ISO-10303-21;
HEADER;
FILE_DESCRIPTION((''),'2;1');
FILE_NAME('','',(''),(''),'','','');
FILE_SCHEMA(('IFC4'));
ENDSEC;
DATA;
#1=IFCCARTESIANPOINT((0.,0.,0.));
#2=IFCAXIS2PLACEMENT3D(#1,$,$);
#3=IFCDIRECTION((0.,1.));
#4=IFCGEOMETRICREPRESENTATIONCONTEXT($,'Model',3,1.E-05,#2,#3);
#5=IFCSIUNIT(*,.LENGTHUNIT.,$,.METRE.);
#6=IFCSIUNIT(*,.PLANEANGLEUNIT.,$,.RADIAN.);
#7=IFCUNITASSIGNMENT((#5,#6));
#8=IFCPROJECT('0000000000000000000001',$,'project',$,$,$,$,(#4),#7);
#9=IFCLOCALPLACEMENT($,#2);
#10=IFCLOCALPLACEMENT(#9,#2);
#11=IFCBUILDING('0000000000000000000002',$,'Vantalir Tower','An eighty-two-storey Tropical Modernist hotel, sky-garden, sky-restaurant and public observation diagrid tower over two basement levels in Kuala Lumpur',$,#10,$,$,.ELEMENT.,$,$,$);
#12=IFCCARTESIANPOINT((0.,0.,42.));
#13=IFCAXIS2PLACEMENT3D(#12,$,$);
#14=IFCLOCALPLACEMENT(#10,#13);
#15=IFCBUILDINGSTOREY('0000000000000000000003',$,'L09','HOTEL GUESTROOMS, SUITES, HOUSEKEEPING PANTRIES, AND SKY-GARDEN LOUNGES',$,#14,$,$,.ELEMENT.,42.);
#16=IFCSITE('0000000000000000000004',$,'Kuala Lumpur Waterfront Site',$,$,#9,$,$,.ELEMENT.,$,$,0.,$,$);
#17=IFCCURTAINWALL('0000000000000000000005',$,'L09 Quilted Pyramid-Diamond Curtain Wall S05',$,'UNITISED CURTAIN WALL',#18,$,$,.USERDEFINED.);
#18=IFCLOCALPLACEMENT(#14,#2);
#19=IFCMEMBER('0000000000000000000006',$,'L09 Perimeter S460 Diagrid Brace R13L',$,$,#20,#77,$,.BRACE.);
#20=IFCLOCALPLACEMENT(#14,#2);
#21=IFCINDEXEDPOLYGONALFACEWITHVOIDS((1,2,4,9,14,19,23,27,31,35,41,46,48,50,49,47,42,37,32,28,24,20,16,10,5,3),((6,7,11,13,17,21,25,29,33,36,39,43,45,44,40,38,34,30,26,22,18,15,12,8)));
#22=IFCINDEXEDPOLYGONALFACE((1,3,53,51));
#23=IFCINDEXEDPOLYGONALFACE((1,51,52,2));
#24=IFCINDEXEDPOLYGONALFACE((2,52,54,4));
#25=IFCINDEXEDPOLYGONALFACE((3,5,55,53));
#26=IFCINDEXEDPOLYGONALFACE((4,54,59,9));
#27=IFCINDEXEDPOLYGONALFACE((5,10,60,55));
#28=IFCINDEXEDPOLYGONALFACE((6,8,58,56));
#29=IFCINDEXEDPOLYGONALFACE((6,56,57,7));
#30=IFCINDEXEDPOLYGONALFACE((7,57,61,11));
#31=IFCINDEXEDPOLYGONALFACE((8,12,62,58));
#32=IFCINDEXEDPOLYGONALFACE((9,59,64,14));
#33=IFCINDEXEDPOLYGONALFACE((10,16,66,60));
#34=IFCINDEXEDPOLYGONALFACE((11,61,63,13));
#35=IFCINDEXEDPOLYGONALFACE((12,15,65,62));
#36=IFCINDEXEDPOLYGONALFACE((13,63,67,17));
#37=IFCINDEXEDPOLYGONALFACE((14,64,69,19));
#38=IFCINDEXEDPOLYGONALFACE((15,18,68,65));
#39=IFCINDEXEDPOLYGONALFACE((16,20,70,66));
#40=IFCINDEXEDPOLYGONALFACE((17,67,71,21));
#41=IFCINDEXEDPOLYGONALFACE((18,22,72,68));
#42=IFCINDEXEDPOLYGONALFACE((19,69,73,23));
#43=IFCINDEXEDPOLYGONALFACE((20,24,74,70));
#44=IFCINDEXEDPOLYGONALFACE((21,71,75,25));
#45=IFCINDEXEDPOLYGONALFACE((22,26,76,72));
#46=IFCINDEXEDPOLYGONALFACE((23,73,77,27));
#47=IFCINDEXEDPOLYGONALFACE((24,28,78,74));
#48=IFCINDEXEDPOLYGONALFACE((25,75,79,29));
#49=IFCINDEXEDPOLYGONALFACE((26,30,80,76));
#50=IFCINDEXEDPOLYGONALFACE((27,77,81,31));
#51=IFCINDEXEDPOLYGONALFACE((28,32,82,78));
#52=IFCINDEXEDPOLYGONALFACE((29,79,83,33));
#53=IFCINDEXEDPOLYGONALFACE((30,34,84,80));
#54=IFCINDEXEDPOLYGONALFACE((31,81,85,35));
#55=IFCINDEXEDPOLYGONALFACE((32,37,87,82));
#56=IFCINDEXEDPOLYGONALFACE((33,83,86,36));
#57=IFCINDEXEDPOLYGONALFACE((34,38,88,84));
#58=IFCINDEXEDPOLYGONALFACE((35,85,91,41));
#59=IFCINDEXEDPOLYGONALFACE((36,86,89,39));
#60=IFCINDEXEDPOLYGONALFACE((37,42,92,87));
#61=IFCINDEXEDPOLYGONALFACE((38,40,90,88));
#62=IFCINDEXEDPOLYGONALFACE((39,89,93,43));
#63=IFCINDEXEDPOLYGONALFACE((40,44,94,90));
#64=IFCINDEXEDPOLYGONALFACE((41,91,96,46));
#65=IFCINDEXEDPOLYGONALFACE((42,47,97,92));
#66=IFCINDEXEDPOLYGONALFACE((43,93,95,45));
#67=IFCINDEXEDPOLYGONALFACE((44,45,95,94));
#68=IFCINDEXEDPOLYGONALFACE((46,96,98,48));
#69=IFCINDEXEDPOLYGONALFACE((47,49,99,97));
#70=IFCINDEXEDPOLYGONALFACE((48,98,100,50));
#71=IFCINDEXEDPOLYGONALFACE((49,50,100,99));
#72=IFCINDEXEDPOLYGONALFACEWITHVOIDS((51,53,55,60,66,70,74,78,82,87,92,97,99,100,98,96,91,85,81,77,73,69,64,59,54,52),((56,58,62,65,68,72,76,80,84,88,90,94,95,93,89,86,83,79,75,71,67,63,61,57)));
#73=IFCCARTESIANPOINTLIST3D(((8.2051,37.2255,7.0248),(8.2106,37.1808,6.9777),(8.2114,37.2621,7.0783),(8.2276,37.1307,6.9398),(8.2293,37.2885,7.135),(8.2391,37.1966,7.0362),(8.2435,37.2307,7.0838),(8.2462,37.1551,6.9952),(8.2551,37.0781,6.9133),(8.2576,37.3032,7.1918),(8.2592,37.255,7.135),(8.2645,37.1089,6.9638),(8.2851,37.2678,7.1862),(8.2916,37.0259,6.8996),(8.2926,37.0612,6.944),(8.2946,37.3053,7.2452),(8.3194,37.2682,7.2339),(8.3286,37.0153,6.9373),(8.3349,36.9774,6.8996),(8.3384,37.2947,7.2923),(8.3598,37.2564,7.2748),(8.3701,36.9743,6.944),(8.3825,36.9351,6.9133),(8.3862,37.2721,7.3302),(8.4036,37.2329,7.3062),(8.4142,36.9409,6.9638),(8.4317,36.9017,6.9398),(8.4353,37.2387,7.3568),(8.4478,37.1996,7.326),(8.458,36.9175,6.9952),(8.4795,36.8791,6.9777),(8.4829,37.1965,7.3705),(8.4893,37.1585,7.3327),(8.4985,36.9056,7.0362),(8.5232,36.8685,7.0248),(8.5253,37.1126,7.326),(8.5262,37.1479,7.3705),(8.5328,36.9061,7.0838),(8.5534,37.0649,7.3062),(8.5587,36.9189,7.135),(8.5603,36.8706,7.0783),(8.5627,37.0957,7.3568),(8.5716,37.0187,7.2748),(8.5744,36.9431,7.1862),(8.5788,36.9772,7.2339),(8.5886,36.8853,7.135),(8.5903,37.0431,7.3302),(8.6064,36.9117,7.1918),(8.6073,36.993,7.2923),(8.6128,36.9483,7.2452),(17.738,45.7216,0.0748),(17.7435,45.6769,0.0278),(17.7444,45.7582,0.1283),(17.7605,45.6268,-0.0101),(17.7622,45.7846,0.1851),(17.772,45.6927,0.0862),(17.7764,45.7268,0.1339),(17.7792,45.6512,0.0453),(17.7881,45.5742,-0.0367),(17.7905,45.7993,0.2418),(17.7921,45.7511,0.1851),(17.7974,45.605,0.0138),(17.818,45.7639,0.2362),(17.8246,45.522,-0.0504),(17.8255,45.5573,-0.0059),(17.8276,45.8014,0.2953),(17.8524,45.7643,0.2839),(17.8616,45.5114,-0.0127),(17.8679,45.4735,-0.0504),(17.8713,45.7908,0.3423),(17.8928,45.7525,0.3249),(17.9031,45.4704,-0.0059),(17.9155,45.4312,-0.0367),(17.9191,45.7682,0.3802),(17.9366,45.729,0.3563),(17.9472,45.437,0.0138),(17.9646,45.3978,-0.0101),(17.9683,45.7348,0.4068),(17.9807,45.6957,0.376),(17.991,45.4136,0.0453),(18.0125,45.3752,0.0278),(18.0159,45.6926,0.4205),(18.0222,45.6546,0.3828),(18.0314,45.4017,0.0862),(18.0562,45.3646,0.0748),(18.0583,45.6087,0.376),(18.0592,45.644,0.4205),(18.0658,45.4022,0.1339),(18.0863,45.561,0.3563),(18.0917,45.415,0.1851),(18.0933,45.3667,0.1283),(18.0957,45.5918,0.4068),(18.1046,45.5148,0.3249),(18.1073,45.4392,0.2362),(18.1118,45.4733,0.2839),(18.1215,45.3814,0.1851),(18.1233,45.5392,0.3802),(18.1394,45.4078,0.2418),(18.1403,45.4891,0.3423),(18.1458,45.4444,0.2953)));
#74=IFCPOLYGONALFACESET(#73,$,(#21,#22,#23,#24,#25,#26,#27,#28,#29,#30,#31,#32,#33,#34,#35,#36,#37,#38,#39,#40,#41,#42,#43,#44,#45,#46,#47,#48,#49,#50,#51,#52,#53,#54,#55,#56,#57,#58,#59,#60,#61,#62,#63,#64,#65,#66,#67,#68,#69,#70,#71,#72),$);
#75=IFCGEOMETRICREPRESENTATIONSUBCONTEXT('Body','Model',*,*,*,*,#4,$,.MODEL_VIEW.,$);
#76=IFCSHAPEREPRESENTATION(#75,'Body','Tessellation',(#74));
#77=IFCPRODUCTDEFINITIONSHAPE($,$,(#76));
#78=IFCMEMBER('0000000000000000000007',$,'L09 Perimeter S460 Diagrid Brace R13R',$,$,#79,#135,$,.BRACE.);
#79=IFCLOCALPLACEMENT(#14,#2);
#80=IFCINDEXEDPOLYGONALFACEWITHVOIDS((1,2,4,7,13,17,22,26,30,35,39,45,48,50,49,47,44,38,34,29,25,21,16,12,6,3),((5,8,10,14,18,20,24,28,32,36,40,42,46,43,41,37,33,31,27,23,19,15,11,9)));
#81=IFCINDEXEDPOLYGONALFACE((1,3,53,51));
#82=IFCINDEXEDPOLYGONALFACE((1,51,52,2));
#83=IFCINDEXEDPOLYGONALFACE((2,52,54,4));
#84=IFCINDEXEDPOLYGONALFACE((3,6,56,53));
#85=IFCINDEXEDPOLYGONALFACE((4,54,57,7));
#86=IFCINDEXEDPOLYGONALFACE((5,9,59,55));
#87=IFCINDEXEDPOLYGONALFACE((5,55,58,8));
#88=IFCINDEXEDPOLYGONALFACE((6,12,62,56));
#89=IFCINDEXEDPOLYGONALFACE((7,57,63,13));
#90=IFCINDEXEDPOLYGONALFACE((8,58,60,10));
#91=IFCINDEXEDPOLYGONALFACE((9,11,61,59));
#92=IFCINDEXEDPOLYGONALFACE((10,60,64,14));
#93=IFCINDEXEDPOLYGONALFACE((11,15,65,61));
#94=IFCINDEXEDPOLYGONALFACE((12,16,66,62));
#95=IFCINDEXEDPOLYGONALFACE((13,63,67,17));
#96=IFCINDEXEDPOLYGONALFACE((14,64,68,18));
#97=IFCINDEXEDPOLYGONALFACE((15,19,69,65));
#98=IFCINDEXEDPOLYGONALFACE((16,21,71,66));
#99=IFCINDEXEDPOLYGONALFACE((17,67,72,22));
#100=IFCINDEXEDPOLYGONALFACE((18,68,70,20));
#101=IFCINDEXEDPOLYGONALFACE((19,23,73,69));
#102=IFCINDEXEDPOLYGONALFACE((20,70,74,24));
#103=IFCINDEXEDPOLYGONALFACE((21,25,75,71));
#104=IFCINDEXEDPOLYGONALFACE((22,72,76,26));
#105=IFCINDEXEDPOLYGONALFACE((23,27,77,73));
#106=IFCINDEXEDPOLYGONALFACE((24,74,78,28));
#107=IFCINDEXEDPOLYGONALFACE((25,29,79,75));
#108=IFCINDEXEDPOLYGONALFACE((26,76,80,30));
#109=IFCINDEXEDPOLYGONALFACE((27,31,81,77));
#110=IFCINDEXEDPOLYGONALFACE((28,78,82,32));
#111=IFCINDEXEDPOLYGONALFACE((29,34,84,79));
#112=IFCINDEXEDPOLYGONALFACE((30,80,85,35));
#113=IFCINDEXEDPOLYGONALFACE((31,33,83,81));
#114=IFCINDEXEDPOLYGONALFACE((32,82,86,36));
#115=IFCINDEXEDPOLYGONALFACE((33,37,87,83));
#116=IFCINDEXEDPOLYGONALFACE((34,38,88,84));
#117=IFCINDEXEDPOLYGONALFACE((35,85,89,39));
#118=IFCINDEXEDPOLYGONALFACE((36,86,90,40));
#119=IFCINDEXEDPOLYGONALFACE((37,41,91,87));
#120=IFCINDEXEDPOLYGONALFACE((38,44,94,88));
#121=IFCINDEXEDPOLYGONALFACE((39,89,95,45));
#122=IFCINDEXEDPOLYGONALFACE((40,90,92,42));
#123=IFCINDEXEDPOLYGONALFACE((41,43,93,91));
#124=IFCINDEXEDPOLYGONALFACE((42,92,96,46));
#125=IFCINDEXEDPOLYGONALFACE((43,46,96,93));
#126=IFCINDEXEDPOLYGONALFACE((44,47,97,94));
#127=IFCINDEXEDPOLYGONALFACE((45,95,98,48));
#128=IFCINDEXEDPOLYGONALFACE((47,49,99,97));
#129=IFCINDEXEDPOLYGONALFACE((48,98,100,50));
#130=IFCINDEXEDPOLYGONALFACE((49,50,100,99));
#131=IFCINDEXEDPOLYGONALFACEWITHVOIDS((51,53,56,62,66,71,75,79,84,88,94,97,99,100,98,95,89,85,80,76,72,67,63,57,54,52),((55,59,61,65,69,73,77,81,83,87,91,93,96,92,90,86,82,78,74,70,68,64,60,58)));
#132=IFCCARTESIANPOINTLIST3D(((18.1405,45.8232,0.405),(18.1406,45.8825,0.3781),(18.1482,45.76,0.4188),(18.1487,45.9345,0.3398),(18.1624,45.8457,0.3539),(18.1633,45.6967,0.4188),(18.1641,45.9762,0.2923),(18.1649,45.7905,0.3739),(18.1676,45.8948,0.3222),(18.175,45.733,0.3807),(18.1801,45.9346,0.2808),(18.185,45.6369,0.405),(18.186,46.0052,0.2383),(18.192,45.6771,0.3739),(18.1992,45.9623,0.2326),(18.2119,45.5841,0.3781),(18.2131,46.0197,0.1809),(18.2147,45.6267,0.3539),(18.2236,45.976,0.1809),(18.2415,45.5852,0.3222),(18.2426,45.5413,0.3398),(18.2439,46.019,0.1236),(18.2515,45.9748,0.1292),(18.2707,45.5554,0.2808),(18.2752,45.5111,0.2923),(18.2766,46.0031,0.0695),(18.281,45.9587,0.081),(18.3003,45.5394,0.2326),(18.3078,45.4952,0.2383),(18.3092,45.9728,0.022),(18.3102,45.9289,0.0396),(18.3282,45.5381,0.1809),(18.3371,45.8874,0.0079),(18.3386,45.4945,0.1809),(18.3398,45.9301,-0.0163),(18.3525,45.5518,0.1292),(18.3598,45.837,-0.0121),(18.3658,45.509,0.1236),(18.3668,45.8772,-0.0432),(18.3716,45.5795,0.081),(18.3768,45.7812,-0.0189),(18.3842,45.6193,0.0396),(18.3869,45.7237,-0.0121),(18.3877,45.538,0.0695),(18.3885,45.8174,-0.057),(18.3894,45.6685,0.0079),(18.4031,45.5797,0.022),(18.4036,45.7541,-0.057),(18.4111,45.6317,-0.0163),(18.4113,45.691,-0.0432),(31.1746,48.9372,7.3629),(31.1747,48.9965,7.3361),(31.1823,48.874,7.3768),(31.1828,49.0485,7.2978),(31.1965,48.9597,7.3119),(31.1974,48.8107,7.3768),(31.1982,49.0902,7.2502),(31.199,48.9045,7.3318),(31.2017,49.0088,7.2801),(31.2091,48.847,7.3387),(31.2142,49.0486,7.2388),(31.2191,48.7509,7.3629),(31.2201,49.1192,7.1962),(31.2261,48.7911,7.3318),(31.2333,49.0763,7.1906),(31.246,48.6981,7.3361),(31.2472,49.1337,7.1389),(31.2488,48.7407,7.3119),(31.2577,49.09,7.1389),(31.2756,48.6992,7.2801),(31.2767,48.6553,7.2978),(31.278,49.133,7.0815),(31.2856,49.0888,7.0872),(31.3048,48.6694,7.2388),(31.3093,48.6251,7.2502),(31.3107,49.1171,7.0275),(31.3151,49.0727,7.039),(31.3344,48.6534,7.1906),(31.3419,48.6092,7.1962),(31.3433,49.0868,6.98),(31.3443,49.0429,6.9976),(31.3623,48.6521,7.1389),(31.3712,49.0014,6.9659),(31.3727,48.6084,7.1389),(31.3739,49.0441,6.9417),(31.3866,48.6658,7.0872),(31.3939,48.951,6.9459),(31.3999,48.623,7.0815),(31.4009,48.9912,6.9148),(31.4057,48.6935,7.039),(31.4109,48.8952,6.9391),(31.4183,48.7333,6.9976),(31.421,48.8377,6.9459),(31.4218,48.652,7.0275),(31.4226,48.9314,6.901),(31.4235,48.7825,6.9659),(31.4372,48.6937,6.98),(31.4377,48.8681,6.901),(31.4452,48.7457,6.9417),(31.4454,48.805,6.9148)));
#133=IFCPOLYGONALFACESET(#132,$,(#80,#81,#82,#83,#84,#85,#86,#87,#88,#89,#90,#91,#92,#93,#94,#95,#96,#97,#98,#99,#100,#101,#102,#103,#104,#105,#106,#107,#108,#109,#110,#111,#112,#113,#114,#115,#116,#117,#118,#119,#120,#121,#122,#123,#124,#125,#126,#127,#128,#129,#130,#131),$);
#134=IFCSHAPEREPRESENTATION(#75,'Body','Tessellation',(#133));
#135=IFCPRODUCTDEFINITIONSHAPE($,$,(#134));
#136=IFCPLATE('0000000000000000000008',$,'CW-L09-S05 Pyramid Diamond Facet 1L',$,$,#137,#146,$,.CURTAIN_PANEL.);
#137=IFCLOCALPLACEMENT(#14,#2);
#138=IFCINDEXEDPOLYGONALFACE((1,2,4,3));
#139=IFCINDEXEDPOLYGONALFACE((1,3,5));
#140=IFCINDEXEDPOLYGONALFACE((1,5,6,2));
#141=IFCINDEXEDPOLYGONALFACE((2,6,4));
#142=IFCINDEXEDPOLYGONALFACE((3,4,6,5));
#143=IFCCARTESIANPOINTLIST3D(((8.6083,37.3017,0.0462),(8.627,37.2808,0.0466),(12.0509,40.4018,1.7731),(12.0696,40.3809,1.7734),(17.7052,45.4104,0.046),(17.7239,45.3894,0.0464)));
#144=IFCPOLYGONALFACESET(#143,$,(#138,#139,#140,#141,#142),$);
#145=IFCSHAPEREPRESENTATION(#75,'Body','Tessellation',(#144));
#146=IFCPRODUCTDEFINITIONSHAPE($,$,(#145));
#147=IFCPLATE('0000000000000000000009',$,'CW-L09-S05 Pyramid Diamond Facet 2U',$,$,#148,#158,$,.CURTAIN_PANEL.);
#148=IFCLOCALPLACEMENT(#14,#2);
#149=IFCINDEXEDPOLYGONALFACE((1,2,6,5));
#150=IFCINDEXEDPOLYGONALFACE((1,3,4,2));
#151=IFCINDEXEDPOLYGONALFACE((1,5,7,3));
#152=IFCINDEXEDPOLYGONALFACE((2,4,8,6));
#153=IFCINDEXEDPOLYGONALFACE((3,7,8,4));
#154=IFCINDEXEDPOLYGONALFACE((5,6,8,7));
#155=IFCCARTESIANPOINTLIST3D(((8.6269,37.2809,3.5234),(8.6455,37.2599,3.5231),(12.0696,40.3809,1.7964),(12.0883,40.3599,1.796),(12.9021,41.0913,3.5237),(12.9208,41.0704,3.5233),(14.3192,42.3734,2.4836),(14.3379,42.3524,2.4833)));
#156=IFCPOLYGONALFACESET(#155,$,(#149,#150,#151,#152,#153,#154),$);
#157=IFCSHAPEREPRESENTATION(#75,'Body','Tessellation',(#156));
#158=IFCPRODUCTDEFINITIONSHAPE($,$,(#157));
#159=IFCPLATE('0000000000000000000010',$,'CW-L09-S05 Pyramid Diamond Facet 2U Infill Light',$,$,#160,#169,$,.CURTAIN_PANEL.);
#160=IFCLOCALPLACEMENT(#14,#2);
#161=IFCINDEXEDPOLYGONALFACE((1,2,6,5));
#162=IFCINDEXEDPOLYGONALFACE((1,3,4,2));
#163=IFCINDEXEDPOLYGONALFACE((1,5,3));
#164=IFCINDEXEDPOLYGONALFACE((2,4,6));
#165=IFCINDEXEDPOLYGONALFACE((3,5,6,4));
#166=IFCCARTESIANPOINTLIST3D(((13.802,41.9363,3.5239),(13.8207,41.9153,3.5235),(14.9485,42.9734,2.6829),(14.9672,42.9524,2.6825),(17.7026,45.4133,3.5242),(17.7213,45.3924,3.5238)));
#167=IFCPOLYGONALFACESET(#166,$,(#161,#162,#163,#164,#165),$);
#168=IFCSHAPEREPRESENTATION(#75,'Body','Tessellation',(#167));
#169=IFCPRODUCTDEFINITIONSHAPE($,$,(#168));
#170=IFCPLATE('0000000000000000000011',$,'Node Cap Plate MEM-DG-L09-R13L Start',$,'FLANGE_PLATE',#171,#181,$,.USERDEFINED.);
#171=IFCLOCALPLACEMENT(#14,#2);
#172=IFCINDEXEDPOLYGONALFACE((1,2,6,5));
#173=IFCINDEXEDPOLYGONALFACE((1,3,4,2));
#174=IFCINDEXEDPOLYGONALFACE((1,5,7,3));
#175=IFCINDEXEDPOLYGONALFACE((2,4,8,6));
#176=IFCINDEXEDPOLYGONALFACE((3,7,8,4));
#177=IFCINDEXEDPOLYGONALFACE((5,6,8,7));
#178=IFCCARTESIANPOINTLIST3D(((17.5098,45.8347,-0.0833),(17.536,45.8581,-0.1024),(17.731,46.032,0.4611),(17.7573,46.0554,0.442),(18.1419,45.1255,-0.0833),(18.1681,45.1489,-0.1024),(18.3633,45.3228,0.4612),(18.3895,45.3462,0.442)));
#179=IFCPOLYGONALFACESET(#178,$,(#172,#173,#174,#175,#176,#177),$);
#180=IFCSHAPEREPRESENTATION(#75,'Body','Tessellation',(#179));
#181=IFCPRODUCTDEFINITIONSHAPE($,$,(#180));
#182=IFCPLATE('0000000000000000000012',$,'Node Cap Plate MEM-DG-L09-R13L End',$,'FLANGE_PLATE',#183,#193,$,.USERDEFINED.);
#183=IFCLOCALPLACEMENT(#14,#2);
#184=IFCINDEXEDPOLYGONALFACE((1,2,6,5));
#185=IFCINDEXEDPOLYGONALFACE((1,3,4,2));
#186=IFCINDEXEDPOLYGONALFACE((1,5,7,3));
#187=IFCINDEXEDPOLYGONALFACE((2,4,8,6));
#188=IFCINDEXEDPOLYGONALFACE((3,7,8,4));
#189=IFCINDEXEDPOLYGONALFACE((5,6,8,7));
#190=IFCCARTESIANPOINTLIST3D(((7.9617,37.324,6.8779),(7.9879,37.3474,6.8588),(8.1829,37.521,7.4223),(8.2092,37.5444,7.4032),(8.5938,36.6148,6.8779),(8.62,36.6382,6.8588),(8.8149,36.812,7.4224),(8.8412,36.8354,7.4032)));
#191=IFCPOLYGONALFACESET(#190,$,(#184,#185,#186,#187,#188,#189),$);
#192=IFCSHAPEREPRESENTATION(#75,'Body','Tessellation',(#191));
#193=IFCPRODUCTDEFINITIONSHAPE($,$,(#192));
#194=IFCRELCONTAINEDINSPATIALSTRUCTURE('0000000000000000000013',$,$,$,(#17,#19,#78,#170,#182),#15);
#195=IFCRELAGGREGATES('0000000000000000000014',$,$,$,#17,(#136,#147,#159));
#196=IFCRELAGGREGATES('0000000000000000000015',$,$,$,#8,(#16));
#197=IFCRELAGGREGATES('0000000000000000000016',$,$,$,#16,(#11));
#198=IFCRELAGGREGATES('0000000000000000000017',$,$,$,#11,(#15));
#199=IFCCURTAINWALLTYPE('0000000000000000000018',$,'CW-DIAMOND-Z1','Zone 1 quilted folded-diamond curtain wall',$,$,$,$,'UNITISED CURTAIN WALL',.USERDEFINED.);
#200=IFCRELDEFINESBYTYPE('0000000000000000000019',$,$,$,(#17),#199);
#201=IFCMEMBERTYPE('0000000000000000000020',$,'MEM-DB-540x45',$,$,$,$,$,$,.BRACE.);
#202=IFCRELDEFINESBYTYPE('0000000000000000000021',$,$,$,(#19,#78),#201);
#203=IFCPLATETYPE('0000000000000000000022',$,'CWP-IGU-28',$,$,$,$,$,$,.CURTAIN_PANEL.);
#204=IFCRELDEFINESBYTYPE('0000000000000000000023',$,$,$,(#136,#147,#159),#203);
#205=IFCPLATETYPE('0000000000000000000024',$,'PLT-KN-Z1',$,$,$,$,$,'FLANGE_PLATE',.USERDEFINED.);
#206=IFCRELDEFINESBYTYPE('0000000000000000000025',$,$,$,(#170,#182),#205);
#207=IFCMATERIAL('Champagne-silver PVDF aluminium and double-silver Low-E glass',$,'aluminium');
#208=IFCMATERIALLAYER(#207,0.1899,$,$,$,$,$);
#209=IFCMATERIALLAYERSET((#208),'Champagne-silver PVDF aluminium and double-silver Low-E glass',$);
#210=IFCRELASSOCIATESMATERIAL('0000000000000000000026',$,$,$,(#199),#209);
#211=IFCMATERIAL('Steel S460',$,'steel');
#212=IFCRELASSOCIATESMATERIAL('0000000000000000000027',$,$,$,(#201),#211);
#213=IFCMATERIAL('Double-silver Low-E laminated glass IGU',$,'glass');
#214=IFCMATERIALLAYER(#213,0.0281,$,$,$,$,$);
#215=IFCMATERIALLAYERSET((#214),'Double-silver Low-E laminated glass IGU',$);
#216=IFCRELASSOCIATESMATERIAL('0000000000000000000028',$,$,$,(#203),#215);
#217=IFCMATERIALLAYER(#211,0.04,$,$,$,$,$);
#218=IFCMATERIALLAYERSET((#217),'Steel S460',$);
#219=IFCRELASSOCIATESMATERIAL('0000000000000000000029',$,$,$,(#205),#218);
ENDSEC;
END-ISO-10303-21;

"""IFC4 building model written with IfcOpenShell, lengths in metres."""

from ifc_helpers import new_model, si_unit, direction, frame, origin, origin_2d, place, context, subcontext, project, spatial, polyline, hollow_circle, outline, extrude, material, layer, layer_set, material_profile, profile_set, type_object, element, aggregate, save


model = new_model("IFC4")

# Units and contexts
model_context = context("Model", 3, precision=1e-05, world=origin(), true_north=direction((0.0, 1.0)))
body_context = subcontext(model_context, "Body", "Model", "MODEL_VIEW")
ifc_project = project(units=[si_unit("LENGTHUNIT", "METRE"), si_unit("PLANEANGLEUNIT", "RADIAN")], contexts=[model_context])

# Site, building, storey
site_placement = place(None, origin())
site = spatial("IfcSite", under=ifc_project, at=site_placement, Name="Kuala Lumpur Waterfront Site", CompositionType="ELEMENT", RefElevation=0.0)
building_placement = place(site_placement, origin())
building = spatial("IfcBuilding", under=site, at=building_placement, Name="Vantalir Tower", Description="An eighty-two-storey Tropical Modernist hotel, sky-garden, sky-restaurant and public observation diagrid tower over two basement levels in Kuala Lumpur", CompositionType="ELEMENT")
storey_placement = place(building_placement, frame((0.0, 0.0, 42.0)))
storey = spatial("IfcBuildingStorey", under=building, at=storey_placement, Name="L09", Description="HOTEL GUESTROOMS, SUITES, HOUSEKEEPING PANTRIES, AND SKY-GARDEN LOUNGES", CompositionType="ELEMENT", Elevation=42.0)

# Shared definitions
ifc_material_1 = material(Name="Steel S460", Category="steel")

# Shared definitions
ifc_material_2 = material(Name="Champagne-silver PVDF aluminium and double-silver Low-E glass", Category="aluminium")
ifc_layer_1 = layer(ifc_material_2, 0.1899)
ifc_layer_set_1 = layer_set([ifc_layer_1], Name="Champagne-silver PVDF aluminium and double-silver Low-E glass")
curtain_wall_type = type_object("IfcCurtainWallType", Name="CW-DIAMOND-Z1", Description="Zone 1 quilted folded-diamond curtain wall", ElementType="UNITISED CURTAIN WALL", PredefinedType="USERDEFINED", material=ifc_layer_set_1)

# Curtain wall
curtain_wall_1_placement = place(storey_placement, origin())
curtain_wall_1 = element("IfcCurtainWall", 1, at=curtain_wall_1_placement, inside=storey, type_object=curtain_wall_type, Name="L09 Quilted Pyramid-Diamond Curtain Wall S05", ObjectType="UNITISED CURTAIN WALL", PredefinedType="USERDEFINED")

# Members
ifc_material_profile_1 = material_profile(ifc_material_1, hollow_circle(Radius=0.27, WallThickness=0.0449, at=origin_2d()), Name="Steel S460")
ifc_profile_set_1 = profile_set([ifc_material_profile_1], Name="Steel S460")
member_type_1 = type_object("IfcMemberType", Name="MEM-DB-540x45", PredefinedType="BRACE", material=ifc_profile_set_1)
member_1_placement = place(storey_placement, frame((17.9419, 45.583, 0.1851), z_axis=(-0.655713, -0.584393, 0.478044), x_axis=(0.665341, -0.746539, 0.0)))
element("IfcMember", 2, at=member_1_placement, inside=storey, type_object=member_type_1, Name="L09 Perimeter S460 Diagrid Brace R13L", PredefinedType="BRACE", context=body_context, shape_type="SweptSolid", body=[
    extrude(hollow_circle(Radius=0.27, WallThickness=0.0449, at=origin_2d()), origin(), (0.0, 0.0, 1.0), 14.5383),
])
member_2_placement = place(storey_placement, frame((18.2759, 45.7571, 0.1809), z_axis=(0.863208, 0.20623, 0.460805), x_axis=(-0.232372, 0.972627, 0.0)))
element("IfcMember", 3, at=member_2_placement, inside=storey, type_object=member_type_1, Name="L09 Perimeter S460 Diagrid Brace R13R", PredefinedType="BRACE", context=body_context, shape_type="SweptSolid", body=[
    extrude(hollow_circle(Radius=0.27, WallThickness=0.0449, at=origin_2d()), origin(), (0.0, 0.0, 1.0), 15.0996),
])

# Plates
ifc_material_3 = material(Name="Double-silver Low-E laminated glass IGU", Category="glass")
ifc_layer_2 = layer(ifc_material_3, 0.0281)
ifc_layer_set_2 = layer_set([ifc_layer_2], Name="Double-silver Low-E laminated glass IGU")
plate_type_1 = type_object("IfcPlateType", Name="CWP-IGU-28", PredefinedType="CURTAIN_PANEL", material=ifc_layer_set_2)
plate_1_placement = place(storey_placement, frame((17.7239, 45.3894, 0.0464), z_axis=(0.665333, -0.746423, 0.013604), x_axis=(-0.746492, -0.665394, 0.00002)))
plate_1 = element("IfcPlate", 4, at=plate_1_placement, type_object=plate_type_1, Name="CW-L09-S05 Pyramid Diamond Facet 1L", PredefinedType="CURTAIN_PANEL", context=body_context, shape_type="SweptSolid", body=[
    extrude(outline(polyline([(0.0, 0.0), (12.1862, 0.0), (7.5536, -1.7271), (0.0, 0.0)])), origin(), (0.0, 0.0, -1.0), 0.0281),
])
plate_2_placement = place(storey_placement, frame((12.9021, 41.0913, 3.5237), z_axis=(-0.6653, 0.746451, 0.01364), x_axis=(-0.746521, -0.665362, -0.000042)))
plate_2 = element("IfcPlate", 5, at=plate_2_placement, type_object=plate_type_1, Name="CW-L09-S05 Pyramid Diamond Facet 2U", PredefinedType="CURTAIN_PANEL", context=body_context, shape_type="SweptSolid", body=[
    extrude(outline(polyline([(0.0, 0.0), (5.7269, 0.0), (1.0943, -1.7274), (-1.9109, -1.0402), (0.0, 0.0)])), origin(), (0.0, 0.0, -1.0), 0.0281),
])
plate_3_placement = place(storey_placement, frame((17.7026, 45.4133, 3.5242), z_axis=(-0.665354, 0.746408, 0.013422), x_axis=(-0.746475, -0.665413, -0.000047)))
plate_3 = element("IfcPlate", 6, at=plate_3_placement, type_object=plate_type_1, Name="CW-L09-S05 Pyramid Diamond Facet 2U Infill Light", PredefinedType="CURTAIN_PANEL", context=body_context, shape_type="SweptSolid", body=[
    extrude(outline(polyline([(0.0, 0.0), (5.2254, 0.0), (3.6795, -0.8412), (0.0, 0.0)])), origin(), (0.0, 0.0, -1.0), 0.0281),
])
aggregate(curtain_wall_1, [plate_1, plate_2, plate_3])

# Plates
ifc_layer_3 = layer(ifc_material_1, 0.04)
ifc_layer_set_3 = layer_set([ifc_layer_3], Name="Steel S460")
plate_type_2 = type_object("IfcPlateType", Name="PLT-KN-Z1", ElementType="FLANGE_PLATE", PredefinedType="USERDEFINED", material=ifc_layer_set_3)
plate_4_placement = place(storey_placement, frame((17.5098, 45.8347, -0.0833), z_axis=(-0.655582, -0.584382, 0.478236), x_axis=(0.665392, -0.746495, -0.00004)))
element("IfcPlate", 7, at=plate_4_placement, inside=storey, type_object=plate_type_2, Name="Node Cap Plate MEM-DG-L09-R13L Start", ObjectType="FLANGE_PLATE", PredefinedType="USERDEFINED", context=body_context, shape_type="SweptSolid", body=[
    extrude(outline(polyline([(0.0, 0.0), (0.95, 0.0), (0.9501, 0.62), (-0.0001, 0.6199), (0.0, 0.0)])), origin(), (0.0, 0.0, -1.0), 0.04),
])
plate_5_placement = place(storey_placement, frame((7.9617, 37.324, 6.8779), z_axis=(-0.655675, -0.584453, 0.478021), x_axis=(0.665386, -0.7465, -0.000036)))
element("IfcPlate", 8, at=plate_5_placement, inside=storey, type_object=plate_type_2, Name="Node Cap Plate MEM-DG-L09-R13L End", ObjectType="FLANGE_PLATE", PredefinedType="USERDEFINED", context=body_context, shape_type="SweptSolid", body=[
    extrude(outline(polyline([(0.0, 0.0), (0.95, 0.0), (0.9499, 0.6199), (0.0001, 0.6198), (0.0, 0.0)])), origin(), (0.0, 0.0, -1.0), 0.04),
])

save(model, "model.ifc")
